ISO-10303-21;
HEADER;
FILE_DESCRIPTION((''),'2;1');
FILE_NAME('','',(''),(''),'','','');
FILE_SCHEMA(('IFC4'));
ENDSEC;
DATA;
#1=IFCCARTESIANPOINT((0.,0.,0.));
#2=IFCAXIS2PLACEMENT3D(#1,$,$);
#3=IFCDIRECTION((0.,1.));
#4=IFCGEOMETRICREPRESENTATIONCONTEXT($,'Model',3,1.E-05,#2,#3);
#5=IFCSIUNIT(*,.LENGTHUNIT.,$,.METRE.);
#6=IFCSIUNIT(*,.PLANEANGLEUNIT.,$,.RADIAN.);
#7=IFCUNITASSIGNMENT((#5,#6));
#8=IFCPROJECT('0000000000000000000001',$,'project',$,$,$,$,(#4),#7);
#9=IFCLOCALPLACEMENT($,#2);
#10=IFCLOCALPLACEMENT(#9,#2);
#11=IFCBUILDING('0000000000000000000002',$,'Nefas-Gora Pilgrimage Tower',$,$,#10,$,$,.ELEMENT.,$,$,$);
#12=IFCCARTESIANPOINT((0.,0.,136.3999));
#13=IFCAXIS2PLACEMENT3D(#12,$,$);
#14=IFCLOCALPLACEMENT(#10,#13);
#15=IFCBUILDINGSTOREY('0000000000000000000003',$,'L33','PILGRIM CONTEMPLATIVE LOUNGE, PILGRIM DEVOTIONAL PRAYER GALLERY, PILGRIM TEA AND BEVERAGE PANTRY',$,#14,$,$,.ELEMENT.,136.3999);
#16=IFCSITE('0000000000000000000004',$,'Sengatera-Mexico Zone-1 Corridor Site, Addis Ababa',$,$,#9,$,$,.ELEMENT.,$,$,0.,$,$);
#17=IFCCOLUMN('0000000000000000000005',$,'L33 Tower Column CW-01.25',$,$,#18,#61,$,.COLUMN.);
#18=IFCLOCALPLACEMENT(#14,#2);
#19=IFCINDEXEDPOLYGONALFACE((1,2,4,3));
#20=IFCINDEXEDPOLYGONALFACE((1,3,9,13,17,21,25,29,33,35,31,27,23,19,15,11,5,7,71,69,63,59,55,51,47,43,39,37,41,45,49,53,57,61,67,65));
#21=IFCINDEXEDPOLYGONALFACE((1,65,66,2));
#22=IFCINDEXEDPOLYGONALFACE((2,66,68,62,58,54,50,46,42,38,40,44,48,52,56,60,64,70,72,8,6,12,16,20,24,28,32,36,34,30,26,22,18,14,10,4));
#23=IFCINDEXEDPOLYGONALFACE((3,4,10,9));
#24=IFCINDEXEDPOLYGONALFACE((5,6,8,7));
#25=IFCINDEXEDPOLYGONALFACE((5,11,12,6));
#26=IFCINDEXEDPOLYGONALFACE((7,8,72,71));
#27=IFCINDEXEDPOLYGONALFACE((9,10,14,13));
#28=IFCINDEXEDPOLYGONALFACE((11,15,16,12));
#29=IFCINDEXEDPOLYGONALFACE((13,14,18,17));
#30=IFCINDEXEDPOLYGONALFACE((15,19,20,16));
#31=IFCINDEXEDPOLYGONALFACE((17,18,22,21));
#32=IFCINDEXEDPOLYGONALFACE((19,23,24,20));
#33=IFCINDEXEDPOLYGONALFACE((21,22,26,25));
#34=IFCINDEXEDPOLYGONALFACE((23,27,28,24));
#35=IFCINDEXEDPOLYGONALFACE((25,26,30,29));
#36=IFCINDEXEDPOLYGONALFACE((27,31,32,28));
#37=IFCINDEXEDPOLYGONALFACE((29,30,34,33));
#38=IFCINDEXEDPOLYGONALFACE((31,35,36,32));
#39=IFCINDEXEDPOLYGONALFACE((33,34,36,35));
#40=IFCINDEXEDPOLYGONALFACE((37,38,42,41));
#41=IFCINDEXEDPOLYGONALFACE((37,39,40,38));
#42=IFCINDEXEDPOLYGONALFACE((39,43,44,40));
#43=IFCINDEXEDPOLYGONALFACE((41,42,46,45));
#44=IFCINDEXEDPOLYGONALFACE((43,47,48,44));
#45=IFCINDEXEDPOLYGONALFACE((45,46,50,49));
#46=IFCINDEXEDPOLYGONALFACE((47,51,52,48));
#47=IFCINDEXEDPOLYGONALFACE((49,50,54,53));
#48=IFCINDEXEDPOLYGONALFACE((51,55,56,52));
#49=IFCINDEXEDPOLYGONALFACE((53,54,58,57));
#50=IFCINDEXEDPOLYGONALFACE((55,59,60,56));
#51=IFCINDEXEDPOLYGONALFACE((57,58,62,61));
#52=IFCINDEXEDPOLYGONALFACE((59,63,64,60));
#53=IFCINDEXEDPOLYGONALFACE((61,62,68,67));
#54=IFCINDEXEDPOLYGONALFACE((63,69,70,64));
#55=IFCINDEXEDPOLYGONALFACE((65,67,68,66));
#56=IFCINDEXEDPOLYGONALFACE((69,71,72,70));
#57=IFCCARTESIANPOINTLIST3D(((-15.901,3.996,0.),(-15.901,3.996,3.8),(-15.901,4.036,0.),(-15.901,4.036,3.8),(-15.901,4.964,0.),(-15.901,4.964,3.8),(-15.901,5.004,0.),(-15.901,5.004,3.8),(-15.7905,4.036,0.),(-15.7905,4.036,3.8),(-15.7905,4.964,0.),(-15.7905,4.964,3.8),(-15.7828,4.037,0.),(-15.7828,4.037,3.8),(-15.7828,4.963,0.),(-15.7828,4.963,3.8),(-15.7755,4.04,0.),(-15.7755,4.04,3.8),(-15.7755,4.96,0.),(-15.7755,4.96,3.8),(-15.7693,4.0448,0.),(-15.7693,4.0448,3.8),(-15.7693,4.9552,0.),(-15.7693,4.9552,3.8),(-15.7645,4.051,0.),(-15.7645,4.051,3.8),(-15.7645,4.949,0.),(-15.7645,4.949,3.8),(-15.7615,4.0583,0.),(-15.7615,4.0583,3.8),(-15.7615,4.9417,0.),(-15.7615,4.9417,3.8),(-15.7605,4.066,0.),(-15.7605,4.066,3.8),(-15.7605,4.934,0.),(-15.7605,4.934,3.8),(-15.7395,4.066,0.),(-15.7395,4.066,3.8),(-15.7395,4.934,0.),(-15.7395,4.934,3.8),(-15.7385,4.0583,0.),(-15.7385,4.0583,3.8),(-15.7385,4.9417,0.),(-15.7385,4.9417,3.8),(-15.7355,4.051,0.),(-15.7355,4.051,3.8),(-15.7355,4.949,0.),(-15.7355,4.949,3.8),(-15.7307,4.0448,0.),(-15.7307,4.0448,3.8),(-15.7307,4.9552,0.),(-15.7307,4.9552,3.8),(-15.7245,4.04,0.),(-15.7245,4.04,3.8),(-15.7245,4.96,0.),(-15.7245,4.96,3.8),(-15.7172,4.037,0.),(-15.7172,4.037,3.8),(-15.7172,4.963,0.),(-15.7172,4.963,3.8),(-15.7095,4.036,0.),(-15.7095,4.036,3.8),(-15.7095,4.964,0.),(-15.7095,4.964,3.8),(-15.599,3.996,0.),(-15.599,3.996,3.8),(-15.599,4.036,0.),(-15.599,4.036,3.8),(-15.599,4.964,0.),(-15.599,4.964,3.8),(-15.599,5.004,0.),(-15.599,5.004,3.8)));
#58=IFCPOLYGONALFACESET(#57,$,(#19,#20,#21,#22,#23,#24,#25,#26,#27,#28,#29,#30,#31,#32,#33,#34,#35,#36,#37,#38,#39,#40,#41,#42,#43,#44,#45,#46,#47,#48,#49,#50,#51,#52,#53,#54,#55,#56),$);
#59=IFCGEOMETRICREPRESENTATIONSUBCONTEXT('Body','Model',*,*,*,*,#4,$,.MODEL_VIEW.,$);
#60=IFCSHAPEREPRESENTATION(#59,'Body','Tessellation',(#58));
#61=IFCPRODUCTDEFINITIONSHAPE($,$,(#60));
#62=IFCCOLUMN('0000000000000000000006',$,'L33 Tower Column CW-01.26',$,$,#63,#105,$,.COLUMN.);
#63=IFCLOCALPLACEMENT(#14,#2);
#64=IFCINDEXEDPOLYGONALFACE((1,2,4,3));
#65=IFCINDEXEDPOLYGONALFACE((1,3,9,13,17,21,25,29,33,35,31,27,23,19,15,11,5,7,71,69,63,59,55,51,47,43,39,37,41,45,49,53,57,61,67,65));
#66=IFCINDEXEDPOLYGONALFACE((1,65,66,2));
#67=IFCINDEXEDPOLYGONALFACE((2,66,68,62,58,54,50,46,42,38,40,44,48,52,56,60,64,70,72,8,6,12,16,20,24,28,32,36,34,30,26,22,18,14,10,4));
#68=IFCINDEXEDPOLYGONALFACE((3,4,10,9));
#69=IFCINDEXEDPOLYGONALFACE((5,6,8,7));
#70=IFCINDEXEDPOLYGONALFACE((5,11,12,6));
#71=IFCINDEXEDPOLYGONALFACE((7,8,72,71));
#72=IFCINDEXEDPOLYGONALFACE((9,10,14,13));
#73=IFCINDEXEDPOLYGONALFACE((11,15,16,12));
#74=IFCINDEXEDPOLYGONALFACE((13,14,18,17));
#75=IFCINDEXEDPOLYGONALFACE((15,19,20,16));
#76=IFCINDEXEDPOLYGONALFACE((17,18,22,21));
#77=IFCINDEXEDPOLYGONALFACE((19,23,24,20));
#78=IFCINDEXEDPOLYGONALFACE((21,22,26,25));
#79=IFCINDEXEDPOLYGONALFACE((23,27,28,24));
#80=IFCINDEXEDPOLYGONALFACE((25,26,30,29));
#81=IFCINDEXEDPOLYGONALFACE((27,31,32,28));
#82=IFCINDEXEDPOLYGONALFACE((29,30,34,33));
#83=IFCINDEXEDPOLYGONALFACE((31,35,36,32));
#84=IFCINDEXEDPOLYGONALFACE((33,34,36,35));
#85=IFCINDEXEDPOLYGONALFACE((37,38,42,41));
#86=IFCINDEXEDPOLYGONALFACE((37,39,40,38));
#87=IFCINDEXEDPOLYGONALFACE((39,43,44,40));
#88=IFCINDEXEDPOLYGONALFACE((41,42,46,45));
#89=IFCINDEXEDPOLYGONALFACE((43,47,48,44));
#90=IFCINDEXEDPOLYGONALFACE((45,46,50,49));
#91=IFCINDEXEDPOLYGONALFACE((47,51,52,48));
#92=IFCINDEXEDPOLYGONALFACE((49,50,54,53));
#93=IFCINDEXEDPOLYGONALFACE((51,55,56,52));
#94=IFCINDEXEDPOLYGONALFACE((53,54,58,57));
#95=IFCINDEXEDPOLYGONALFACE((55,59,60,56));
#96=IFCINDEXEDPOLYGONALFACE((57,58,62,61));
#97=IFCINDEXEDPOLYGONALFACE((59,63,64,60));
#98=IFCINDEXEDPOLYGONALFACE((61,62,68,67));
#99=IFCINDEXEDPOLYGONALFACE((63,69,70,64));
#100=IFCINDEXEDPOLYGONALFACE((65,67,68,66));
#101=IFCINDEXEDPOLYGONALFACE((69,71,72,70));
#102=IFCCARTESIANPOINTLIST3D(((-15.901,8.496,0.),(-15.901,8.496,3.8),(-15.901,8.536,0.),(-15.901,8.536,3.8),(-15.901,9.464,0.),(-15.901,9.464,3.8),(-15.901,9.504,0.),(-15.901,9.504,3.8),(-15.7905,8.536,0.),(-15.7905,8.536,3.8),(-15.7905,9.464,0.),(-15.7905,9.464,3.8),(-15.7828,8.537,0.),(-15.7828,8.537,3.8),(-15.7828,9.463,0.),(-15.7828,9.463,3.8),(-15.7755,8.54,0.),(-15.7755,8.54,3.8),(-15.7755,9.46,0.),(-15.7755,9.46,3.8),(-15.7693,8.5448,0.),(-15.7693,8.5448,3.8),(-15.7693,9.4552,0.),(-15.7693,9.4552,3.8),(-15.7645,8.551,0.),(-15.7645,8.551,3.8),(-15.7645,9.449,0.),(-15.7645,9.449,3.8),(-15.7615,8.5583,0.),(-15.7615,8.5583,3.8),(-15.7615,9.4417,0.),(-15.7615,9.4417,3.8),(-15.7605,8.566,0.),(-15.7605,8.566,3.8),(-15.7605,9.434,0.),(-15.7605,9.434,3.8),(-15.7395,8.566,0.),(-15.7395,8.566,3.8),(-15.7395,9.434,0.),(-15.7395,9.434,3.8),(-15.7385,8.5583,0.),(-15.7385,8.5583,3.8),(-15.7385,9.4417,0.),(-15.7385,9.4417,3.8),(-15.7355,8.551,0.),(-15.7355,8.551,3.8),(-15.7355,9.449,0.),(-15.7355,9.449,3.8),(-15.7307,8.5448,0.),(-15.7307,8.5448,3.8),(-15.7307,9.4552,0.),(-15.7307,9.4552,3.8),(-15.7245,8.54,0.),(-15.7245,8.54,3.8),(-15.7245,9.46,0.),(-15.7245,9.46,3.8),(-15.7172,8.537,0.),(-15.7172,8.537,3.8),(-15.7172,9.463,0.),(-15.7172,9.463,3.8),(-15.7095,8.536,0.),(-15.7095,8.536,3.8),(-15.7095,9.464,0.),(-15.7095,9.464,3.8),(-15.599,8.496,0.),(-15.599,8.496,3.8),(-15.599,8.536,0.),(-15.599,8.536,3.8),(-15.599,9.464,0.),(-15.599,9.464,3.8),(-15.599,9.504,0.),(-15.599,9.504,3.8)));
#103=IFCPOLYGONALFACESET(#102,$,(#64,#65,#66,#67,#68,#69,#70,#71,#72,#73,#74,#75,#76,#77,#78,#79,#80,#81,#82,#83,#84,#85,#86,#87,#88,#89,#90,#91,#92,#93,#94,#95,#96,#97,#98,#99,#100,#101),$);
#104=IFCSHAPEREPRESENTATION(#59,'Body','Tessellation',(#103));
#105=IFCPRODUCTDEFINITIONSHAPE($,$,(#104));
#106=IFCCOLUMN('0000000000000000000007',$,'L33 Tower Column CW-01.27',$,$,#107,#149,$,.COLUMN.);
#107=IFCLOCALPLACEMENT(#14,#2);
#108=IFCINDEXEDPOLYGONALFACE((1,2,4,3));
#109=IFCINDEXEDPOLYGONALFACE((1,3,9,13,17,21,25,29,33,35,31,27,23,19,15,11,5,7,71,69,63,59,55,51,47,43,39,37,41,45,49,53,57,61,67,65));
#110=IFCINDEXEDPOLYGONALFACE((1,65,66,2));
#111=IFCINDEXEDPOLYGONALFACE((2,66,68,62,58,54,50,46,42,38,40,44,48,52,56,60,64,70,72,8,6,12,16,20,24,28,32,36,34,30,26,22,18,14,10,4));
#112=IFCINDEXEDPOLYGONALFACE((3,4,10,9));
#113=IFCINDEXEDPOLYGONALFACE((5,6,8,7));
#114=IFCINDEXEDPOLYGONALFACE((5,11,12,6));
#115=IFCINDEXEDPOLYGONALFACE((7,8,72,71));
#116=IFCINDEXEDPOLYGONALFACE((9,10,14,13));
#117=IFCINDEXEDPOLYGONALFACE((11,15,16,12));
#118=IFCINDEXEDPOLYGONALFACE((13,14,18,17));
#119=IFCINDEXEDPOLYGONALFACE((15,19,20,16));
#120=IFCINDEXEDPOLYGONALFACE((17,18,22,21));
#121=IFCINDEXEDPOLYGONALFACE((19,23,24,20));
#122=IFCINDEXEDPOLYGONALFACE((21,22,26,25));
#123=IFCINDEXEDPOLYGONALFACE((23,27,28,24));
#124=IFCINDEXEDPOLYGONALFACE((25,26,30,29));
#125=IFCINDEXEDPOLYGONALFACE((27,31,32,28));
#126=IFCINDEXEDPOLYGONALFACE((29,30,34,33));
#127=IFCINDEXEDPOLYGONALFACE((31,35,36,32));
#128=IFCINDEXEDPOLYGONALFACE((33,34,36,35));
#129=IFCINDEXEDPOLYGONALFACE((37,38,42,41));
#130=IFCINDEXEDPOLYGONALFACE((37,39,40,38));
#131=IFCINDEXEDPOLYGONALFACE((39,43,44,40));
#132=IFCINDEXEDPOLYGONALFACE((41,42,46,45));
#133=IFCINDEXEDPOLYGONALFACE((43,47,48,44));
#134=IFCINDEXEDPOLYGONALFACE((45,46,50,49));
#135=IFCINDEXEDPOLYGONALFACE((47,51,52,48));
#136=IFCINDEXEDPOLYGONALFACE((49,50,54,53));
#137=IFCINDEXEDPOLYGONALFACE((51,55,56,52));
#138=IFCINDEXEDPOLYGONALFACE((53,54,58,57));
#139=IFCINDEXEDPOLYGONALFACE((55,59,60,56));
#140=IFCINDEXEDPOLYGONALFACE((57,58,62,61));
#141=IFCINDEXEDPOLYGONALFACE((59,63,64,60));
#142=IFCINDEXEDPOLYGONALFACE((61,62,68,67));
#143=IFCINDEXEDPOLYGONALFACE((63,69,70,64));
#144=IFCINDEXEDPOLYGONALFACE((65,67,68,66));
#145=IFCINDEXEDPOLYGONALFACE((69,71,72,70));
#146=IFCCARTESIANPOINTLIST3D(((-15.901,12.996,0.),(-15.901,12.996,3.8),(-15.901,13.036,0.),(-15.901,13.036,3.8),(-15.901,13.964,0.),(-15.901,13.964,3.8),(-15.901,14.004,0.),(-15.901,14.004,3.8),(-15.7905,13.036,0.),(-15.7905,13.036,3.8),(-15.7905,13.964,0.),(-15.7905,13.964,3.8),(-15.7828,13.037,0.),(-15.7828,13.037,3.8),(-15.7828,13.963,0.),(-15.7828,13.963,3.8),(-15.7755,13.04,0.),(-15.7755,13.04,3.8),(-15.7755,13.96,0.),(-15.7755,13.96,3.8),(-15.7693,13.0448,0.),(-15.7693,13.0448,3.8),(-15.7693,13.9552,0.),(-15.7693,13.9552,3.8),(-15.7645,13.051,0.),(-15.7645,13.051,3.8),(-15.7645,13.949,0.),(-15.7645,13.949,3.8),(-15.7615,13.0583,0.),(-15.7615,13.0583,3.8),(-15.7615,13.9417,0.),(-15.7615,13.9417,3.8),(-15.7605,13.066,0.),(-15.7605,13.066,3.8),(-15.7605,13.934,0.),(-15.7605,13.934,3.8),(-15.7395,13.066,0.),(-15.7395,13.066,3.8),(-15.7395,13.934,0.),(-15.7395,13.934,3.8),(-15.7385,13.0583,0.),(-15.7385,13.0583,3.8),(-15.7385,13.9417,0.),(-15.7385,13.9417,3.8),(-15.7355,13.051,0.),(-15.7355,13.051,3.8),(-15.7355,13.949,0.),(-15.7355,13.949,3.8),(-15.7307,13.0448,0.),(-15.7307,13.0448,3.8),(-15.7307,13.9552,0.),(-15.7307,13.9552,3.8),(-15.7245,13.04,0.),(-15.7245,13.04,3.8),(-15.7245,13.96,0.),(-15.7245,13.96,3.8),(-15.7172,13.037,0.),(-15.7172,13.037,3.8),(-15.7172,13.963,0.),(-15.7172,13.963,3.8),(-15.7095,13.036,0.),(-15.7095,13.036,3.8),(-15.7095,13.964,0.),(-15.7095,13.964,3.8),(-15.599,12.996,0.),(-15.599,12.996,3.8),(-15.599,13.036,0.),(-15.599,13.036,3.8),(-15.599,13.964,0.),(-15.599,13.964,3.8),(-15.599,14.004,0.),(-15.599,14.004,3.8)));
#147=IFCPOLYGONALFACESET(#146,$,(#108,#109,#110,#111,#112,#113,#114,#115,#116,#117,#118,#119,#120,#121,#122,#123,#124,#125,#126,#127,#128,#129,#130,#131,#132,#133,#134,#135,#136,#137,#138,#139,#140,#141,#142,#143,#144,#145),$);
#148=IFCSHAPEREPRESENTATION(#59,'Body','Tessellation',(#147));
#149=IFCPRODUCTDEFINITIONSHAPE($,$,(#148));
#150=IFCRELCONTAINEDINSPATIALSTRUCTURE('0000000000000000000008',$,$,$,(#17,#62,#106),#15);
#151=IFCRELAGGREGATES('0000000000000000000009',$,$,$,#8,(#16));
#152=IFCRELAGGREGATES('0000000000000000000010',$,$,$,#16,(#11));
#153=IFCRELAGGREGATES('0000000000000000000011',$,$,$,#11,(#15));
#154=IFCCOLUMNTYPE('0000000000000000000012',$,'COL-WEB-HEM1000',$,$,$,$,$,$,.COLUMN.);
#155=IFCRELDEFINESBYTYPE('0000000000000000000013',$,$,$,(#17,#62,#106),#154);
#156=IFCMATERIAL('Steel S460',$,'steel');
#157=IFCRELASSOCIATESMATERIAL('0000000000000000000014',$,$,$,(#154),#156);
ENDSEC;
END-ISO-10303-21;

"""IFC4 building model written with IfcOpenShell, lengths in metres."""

from ifc_helpers import new_model, si_unit, direction, frame, origin, origin_2d, place, context, subcontext, project, spatial, i_section, extrude, source, transform, mapped, material, material_profile, profile_set, type_object, element, save


model = new_model("IFC4")

# Units and contexts
model_context = context("Model", 3, precision=1e-05, world=origin(), true_north=direction((0.0, 1.0)))
body_context = subcontext(model_context, "Body", "Model", "MODEL_VIEW")
ifc_project = project(units=[si_unit("LENGTHUNIT", "METRE"), si_unit("PLANEANGLEUNIT", "RADIAN")], contexts=[model_context])

# Site, building, storey
site_placement = place(None, origin())
site = spatial("IfcSite", under=ifc_project, at=site_placement, Name="Sengatera-Mexico Zone-1 Corridor Site, Addis Ababa", CompositionType="ELEMENT", RefElevation=0.0)
building_placement = place(site_placement, origin())
building = spatial("IfcBuilding", under=site, at=building_placement, Name="Nefas-Gora Pilgrimage Tower", CompositionType="ELEMENT")
storey_placement = place(building_placement, frame((0.0, 0.0, 136.3999)))
storey = spatial("IfcBuildingStorey", under=building, at=storey_placement, Name="L33", Description="PILGRIM CONTEMPLATIVE LOUNGE, PILGRIM DEVOTIONAL PRAYER GALLERY, PILGRIM TEA AND BEVERAGE PANTRY", CompositionType="ELEMENT", Elevation=136.3999)

# Columns
ifc_material_1 = material(Name="Steel S460", Category="steel")
ifc_material_profile_1 = material_profile(ifc_material_1, i_section(OverallWidth=0.302, OverallDepth=1.0081, WebThickness=0.021, FlangeThickness=0.04, FilletRadius=0.03, at=origin_2d()), Name="HEM 1000")
ifc_profile_set_1 = profile_set([ifc_material_profile_1], Name="Steel S460")
column_type_1 = type_object("IfcColumnType", Name="COL-WEB-HEM1000", PredefinedType="COLUMN", material=ifc_profile_set_1)
shared_shape_1 = source(origin(), body_context, "Body", "SweptSolid", [
    extrude(i_section(OverallWidth=0.302, OverallDepth=1.0081, WebThickness=0.021, FlangeThickness=0.04, FilletRadius=0.03, at=origin_2d()), origin(), (0.0, 0.0, 1.0), 3.8),
])
for number, where, z_axis, x_axis, name in (
    (1, (-15.75, 4.5, 0.0), (0.0, 0.0, 1.0), (1.0, 0.0, 0.0), "L33 Tower Column CW-01.25"),
    (2, (-15.75, 9.0, 0.0), (0.0, 0.0, 1.0), (1.0, 0.0, 0.0), "L33 Tower Column CW-01.26"),
    (3, (-15.75, 13.5, 0.0), (0.0, 0.0, 1.0), (1.0, 0.0, 0.0), "L33 Tower Column CW-01.27"),
):
    element("IfcColumn", number, at=place(storey_placement, frame(where, z_axis=z_axis, x_axis=x_axis)), inside=storey, type_object=column_type_1, Name=name, PredefinedType="COLUMN", context=body_context, shape_type="MappedRepresentation", body=[
        mapped(shared_shape_1, transform((0.0, 0.0, 0.0), x_axis=(1.0, 0.0, 0.0), y_axis=(0.0, 1.0, 0.0), z_axis=(0.0, 0.0, 1.0), scale=1.0)),
    ])

save(model, "model.ifc")
